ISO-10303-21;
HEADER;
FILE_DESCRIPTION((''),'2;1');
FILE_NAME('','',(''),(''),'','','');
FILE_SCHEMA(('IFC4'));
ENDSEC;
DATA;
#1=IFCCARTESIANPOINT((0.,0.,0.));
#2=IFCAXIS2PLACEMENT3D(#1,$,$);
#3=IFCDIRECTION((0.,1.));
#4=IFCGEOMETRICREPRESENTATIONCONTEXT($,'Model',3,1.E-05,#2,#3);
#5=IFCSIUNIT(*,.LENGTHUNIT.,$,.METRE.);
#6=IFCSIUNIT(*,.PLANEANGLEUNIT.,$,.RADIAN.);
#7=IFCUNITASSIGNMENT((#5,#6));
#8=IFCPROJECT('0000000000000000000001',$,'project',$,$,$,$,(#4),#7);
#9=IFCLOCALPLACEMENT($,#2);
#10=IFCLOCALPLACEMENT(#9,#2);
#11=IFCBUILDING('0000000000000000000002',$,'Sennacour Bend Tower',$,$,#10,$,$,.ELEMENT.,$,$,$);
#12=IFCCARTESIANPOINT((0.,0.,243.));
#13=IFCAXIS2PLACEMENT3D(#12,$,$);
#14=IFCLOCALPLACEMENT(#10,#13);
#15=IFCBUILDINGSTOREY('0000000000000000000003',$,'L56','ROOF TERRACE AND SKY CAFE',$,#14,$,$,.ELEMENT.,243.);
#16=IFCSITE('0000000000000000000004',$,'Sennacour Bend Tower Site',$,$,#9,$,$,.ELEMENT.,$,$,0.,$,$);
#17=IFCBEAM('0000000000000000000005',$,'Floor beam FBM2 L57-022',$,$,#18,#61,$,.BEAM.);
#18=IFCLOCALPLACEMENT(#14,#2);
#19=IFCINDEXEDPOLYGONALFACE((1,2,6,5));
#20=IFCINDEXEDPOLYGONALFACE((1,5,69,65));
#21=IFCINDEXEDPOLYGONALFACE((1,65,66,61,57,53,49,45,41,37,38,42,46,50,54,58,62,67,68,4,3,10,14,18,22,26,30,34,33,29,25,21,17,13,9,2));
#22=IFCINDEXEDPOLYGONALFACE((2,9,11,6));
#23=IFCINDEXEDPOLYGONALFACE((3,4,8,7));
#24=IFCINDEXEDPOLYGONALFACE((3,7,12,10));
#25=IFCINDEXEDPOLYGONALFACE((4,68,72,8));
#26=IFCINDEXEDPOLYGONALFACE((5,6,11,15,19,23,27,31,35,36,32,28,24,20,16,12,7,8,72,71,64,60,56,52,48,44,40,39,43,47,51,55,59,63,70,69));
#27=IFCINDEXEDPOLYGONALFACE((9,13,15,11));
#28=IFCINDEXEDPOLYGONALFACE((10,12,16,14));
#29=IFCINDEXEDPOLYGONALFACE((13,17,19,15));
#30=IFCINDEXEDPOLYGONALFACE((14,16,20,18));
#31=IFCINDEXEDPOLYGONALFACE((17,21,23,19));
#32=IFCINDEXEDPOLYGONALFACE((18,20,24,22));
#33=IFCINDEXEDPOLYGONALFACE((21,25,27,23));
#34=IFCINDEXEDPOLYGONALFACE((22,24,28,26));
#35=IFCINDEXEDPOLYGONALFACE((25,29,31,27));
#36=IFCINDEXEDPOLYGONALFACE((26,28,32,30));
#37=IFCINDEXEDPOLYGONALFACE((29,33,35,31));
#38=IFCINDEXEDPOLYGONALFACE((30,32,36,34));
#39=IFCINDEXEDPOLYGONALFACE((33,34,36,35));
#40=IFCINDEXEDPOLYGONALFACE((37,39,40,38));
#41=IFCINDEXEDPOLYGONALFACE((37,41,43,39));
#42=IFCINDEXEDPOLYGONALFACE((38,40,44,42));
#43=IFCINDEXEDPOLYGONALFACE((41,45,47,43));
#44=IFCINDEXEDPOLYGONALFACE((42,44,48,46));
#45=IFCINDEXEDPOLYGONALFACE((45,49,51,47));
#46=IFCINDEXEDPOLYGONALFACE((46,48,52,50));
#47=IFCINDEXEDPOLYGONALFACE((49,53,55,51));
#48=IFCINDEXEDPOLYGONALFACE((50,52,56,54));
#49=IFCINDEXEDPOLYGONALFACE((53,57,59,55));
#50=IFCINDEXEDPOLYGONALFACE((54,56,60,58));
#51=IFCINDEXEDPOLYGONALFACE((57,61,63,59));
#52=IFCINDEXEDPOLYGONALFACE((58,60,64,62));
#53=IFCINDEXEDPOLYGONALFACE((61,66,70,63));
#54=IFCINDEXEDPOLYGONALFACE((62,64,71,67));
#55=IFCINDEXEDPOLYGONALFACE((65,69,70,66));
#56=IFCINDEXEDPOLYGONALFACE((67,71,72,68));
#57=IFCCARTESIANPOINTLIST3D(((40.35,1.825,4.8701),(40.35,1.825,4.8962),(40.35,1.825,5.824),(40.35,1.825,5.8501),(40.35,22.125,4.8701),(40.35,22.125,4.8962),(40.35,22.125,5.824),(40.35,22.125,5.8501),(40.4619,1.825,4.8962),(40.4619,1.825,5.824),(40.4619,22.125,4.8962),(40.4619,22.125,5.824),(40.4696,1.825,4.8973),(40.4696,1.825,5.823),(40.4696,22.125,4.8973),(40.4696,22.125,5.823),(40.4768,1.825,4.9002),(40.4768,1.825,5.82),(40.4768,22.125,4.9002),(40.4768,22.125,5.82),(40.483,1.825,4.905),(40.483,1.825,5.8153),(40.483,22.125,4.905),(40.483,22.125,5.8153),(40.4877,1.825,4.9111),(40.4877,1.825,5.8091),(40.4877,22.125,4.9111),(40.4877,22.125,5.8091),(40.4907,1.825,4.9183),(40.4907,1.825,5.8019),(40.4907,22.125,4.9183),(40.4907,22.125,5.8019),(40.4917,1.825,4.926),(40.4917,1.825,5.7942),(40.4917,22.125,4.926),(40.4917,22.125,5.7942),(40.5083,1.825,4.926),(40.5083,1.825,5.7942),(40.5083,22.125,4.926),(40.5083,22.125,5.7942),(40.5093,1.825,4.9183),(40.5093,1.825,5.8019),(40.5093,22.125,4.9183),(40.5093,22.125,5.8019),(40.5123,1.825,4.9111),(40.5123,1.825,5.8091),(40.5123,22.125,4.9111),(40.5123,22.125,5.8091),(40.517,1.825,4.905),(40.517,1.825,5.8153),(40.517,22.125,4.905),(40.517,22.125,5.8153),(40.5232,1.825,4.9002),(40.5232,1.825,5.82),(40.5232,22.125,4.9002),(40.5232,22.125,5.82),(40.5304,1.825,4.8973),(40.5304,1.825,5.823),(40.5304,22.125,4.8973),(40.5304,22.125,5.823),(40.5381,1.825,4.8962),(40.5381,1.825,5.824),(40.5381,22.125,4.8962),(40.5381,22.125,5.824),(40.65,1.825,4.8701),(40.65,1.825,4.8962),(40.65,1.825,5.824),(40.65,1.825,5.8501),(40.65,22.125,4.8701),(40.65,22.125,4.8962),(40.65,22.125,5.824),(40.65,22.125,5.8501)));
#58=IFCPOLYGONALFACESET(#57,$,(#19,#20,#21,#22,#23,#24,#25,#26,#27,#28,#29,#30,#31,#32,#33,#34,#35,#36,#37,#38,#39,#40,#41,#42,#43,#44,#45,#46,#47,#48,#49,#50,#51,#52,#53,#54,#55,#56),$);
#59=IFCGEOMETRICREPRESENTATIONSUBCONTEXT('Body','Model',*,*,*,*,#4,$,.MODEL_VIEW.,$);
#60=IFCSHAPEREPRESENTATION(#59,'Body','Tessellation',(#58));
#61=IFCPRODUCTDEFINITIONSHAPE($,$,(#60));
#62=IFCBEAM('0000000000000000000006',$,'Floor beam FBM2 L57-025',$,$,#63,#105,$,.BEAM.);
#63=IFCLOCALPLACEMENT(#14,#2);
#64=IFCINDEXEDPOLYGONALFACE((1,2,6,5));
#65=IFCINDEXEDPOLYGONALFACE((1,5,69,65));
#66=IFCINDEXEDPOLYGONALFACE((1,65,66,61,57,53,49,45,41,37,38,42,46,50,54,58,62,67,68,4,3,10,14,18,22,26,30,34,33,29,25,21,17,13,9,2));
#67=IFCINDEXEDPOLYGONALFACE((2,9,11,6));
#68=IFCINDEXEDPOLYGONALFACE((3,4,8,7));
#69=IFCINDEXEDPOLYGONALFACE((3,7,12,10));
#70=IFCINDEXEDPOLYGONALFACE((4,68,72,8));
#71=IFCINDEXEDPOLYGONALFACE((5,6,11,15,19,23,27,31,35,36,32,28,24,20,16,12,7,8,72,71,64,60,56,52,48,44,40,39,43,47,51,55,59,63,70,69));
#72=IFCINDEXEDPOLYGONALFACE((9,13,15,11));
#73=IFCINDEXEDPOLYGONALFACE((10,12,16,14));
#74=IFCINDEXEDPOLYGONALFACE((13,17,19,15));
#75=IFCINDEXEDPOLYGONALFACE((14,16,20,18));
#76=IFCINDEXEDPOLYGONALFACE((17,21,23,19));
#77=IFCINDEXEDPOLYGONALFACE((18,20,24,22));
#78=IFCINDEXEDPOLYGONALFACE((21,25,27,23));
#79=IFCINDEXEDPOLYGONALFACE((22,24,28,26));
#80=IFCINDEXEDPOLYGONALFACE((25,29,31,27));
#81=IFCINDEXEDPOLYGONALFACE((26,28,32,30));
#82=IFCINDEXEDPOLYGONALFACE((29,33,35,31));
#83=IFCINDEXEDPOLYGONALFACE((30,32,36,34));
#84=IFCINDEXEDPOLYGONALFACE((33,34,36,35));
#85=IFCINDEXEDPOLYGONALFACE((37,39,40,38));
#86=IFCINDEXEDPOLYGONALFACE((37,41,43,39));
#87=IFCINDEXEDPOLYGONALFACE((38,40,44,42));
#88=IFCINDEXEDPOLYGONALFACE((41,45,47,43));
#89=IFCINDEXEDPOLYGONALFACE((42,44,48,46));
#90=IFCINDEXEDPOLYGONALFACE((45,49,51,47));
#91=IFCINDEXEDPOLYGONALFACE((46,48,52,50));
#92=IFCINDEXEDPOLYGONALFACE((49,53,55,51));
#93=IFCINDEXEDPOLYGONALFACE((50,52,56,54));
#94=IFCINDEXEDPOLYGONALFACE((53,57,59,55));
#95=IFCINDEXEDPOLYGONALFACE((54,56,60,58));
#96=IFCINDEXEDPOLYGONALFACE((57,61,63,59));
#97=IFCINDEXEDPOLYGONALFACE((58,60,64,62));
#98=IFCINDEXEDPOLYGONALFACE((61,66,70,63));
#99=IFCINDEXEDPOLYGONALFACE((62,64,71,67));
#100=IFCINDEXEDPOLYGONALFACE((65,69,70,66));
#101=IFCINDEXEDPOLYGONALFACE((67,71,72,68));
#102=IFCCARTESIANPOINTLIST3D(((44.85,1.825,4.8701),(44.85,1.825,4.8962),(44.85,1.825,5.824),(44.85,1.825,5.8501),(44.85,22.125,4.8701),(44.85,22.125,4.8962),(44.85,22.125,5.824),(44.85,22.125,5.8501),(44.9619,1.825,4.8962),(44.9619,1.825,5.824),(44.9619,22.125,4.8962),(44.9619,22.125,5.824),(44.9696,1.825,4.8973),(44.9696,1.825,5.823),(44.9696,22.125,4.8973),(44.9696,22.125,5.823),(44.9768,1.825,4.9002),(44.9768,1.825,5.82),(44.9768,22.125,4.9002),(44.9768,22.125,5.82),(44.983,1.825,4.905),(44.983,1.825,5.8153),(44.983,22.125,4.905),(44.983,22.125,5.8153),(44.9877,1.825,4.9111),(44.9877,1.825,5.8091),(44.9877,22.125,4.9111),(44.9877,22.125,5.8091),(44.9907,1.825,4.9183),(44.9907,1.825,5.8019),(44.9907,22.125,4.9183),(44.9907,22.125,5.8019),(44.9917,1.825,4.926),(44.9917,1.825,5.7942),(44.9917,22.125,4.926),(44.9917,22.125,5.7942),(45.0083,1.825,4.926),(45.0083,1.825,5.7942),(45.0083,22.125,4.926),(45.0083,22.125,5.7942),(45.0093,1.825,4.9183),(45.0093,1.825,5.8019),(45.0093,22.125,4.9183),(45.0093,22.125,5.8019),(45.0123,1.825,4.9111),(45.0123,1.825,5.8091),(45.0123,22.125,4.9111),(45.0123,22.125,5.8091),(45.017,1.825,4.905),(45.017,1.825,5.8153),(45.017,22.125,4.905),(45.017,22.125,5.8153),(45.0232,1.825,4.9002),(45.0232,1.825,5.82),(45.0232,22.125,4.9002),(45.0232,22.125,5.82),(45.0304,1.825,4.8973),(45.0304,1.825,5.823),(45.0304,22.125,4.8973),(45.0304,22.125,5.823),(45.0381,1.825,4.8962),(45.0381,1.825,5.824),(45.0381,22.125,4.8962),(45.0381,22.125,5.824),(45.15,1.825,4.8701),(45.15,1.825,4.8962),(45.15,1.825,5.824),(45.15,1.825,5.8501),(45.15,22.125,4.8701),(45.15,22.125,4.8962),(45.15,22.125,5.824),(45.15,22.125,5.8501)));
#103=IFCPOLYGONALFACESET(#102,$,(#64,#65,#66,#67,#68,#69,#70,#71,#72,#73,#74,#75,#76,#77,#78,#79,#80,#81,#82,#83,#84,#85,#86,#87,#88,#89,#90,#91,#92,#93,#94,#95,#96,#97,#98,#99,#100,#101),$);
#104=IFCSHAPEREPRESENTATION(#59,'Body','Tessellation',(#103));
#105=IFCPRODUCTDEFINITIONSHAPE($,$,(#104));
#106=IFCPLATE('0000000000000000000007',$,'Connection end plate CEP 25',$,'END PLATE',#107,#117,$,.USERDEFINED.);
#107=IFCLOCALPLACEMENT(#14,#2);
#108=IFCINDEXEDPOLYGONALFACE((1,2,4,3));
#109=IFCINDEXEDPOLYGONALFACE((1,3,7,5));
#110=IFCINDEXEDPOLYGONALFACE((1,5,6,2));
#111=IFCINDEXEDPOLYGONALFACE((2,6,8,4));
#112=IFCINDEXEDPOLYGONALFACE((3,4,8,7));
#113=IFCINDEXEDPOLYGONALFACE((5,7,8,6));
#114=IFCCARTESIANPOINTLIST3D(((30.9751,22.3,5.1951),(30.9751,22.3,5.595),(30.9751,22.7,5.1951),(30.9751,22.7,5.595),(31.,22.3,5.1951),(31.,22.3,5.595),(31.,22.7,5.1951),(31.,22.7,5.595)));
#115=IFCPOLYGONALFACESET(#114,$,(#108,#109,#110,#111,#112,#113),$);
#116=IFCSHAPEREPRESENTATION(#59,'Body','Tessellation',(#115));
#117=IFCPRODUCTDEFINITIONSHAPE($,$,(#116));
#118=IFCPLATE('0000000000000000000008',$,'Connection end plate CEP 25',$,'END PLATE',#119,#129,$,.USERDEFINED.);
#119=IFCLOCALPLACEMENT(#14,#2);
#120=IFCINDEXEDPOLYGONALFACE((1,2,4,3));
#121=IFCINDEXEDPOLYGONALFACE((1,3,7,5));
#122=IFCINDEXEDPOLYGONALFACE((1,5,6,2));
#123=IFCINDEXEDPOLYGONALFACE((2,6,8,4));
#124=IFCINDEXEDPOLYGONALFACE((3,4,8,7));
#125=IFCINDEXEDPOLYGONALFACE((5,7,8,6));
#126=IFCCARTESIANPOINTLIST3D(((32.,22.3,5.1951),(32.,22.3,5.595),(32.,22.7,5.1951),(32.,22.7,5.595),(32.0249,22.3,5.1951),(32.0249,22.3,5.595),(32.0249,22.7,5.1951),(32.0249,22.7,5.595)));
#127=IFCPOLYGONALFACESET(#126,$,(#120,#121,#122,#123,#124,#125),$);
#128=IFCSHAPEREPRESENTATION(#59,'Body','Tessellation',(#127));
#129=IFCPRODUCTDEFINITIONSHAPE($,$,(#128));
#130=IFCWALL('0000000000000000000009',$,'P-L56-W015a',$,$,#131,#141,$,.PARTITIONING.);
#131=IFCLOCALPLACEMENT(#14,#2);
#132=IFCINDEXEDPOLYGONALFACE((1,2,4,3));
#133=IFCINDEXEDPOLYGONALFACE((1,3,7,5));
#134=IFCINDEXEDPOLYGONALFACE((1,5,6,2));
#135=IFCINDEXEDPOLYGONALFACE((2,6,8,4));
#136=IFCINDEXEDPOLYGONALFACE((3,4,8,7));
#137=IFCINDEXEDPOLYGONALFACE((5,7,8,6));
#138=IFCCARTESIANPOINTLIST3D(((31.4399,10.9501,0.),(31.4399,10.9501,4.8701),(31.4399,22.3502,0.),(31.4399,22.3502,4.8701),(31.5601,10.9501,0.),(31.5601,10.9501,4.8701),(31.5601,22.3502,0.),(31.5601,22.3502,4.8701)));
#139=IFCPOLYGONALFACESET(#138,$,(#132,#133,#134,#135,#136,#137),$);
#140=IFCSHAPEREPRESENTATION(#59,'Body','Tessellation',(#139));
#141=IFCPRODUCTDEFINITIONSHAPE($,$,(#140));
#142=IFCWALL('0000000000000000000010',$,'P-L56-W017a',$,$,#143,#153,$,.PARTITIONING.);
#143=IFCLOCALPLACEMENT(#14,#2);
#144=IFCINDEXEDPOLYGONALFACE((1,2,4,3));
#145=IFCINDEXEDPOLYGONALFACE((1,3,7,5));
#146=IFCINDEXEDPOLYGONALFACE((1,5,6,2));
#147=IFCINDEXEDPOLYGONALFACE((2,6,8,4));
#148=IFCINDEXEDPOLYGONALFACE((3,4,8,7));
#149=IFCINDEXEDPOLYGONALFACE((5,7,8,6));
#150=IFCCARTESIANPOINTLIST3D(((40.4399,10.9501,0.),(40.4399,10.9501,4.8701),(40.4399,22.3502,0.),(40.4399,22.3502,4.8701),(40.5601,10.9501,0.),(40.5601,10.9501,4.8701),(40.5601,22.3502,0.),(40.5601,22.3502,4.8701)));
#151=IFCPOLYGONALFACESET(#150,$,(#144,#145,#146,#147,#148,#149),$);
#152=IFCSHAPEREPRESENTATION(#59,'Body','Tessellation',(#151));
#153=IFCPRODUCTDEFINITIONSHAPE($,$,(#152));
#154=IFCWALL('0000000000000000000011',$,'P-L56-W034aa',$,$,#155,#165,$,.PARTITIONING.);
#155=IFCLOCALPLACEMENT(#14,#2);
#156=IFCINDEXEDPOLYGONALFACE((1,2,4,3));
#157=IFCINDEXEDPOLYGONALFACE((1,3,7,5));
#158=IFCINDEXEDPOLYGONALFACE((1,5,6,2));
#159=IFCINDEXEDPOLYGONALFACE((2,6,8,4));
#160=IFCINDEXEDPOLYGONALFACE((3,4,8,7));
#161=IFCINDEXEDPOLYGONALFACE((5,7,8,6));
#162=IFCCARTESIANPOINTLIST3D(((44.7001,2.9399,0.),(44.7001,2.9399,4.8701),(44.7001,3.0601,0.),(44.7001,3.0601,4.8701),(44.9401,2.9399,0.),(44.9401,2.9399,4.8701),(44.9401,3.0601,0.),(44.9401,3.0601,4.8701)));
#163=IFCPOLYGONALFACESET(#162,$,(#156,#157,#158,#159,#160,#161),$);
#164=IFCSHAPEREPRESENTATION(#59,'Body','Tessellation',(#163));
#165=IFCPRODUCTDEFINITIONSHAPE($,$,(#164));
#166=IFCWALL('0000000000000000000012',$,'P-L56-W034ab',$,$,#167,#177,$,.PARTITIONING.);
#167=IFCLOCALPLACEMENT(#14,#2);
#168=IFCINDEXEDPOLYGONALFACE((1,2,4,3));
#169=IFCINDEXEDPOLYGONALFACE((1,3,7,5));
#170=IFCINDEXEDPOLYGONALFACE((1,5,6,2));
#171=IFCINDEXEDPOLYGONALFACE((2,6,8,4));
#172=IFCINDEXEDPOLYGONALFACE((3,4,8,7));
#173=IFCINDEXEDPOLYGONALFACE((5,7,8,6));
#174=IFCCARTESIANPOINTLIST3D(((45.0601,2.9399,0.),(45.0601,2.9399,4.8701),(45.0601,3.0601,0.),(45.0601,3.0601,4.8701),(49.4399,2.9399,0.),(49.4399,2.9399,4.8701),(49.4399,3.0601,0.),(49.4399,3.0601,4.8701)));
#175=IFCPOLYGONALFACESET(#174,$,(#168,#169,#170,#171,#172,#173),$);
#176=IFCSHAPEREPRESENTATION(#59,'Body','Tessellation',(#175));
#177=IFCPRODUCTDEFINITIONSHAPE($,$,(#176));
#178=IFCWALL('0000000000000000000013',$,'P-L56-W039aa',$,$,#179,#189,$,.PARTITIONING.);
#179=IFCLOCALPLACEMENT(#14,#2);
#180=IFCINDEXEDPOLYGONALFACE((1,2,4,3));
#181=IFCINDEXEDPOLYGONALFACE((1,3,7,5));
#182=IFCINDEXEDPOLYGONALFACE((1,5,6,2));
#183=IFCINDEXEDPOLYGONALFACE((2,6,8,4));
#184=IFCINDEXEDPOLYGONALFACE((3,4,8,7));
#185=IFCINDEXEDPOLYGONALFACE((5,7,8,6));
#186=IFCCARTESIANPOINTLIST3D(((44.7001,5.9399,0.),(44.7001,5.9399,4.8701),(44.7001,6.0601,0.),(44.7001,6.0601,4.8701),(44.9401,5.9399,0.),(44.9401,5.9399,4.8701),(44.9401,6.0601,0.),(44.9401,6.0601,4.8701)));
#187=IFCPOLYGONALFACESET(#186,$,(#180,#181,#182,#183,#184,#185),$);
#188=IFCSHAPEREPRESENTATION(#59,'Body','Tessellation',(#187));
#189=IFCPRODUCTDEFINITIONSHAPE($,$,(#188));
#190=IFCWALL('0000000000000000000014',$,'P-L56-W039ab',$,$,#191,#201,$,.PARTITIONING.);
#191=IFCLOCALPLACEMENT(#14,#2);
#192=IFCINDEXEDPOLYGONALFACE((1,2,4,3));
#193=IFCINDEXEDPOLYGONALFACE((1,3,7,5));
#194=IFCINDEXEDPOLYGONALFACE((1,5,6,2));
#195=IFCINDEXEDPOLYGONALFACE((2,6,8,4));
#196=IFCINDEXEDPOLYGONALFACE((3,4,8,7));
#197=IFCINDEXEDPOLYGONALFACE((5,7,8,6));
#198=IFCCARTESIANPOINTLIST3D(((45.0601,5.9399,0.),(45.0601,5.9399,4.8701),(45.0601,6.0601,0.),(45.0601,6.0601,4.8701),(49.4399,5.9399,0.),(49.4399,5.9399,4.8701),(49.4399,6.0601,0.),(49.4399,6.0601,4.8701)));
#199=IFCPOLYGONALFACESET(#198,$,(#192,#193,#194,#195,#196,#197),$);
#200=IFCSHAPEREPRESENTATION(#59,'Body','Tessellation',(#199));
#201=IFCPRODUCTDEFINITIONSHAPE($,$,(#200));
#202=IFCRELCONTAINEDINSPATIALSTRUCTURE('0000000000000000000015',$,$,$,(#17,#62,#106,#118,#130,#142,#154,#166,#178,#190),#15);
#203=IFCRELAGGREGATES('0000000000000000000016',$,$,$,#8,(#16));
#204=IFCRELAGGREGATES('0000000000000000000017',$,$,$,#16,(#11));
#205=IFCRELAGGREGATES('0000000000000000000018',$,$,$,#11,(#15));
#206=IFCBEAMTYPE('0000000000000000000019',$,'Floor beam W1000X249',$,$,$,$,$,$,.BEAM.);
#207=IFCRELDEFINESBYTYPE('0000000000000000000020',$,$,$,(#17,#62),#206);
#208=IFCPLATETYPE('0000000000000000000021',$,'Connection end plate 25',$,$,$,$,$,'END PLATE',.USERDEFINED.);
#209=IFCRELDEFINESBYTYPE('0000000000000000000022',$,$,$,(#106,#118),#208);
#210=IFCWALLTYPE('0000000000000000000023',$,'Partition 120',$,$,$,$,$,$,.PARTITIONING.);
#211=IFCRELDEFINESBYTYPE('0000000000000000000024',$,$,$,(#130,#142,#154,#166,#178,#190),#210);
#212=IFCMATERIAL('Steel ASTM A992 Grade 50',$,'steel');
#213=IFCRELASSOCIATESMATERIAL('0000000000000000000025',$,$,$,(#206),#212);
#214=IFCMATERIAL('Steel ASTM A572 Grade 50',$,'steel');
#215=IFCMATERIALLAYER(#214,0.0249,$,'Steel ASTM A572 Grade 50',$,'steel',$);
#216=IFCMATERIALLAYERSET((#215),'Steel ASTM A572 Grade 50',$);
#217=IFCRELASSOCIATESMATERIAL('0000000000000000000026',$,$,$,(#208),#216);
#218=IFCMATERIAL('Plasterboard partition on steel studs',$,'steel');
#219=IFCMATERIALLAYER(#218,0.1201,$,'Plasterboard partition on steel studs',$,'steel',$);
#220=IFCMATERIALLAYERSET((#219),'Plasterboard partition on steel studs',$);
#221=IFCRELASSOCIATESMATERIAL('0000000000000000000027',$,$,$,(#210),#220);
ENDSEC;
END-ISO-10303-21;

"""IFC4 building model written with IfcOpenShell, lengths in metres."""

from ifc_helpers import new_model, si_unit, direction, frame, frame_2d, origin, origin_2d, place, context, subcontext, project, spatial, rectangle, i_section, extrude, material, layer, layer_set, material_profile, profile_set, type_object, element, save


model = new_model("IFC4")

# Units and contexts
model_context = context("Model", 3, precision=1e-05, world=origin(), true_north=direction((0.0, 1.0)))
body_context = subcontext(model_context, "Body", "Model", "MODEL_VIEW")
ifc_project = project(units=[si_unit("LENGTHUNIT", "METRE"), si_unit("PLANEANGLEUNIT", "RADIAN")], contexts=[model_context])

# Site, building, storey
site_placement = place(None, origin())
site = spatial("IfcSite", under=ifc_project, at=site_placement, Name="Sennacour Bend Tower Site", CompositionType="ELEMENT", RefElevation=0.0)
building_placement = place(site_placement, origin())
building = spatial("IfcBuilding", under=site, at=building_placement, Name="Sennacour Bend Tower", CompositionType="ELEMENT")
storey_placement = place(building_placement, frame((0.0, 0.0, 243.0)))
storey = spatial("IfcBuildingStorey", under=building, at=storey_placement, Name="L56", Description="ROOF TERRACE AND SKY CAFE", CompositionType="ELEMENT", Elevation=243.0)

# Shared definitions
ifc_material_1 = material(Name="Steel ASTM A572 Grade 50", Category="steel")

# Shared definitions
ifc_material_2 = material(Name="Steel ASTM A992 Grade 50", Category="steel")

# Beams
ifc_material_profile_1 = material_profile(ifc_material_2, i_section(OverallWidth=0.3, OverallDepth=0.98, WebThickness=0.0166, FlangeThickness=0.0261, FilletRadius=0.0298, at=origin_2d()), Name="Steel ASTM A992 Grade 50", Category="steel")
ifc_profile_set_1 = profile_set([ifc_material_profile_1], Name="Steel ASTM A992 Grade 50")
beam_type = type_object("IfcBeamType", Name="Floor beam W1000X249", PredefinedType="BEAM", material=ifc_profile_set_1)
for number, where, z_axis, x_axis, name in (
    (1, (40.5, 1.825, 5.3601), (0.0, 1.0, 0.0), (-1.0, 0.0, 0.0), "Floor beam FBM2 L57-022"),
    (2, (45.0, 1.825, 5.3601), (0.0, 1.0, 0.0), (-1.0, 0.0, 0.0), "Floor beam FBM2 L57-025"),
):
    element("IfcBeam", number, at=place(storey_placement, frame(where, z_axis=z_axis, x_axis=x_axis)), inside=storey, type_object=beam_type, Name=name, PredefinedType="BEAM", context=body_context, shape_type="SweptSolid", body=[
        extrude(i_section(OverallWidth=0.3, OverallDepth=0.98, WebThickness=0.0166, FlangeThickness=0.0261, FilletRadius=0.0298, at=origin_2d()), origin(), (0.0, 0.0, 1.0), 20.3),
    ])

# Plates
ifc_layer_1 = layer(ifc_material_1, 0.0249, Name="Steel ASTM A572 Grade 50", Category="steel")
ifc_layer_set_1 = layer_set([ifc_layer_1], Name="Steel ASTM A572 Grade 50")
plate_type = type_object("IfcPlateType", Name="Connection end plate 25", ElementType="END PLATE", PredefinedType="USERDEFINED", material=ifc_layer_set_1)
for number, where, z_axis, x_axis, name in (
    (3, (30.9875, 22.5, 5.1951), (0.0, 0.0, 1.0), (1.0, 0.0, 0.0), "Connection end plate CEP 25"),
    (4, (32.0125, 22.5, 5.1951), (0.0, 0.0, 1.0), (-1.0, 0.0, 0.0), "Connection end plate CEP 25"),
):
    element("IfcPlate", number, at=place(storey_placement, frame(where, z_axis=z_axis, x_axis=x_axis)), inside=storey, type_object=plate_type, Name=name, ObjectType="END PLATE", PredefinedType="USERDEFINED", context=body_context, shape_type="SweptSolid", body=[
        extrude(rectangle(XDim=0.0249, YDim=0.3999, at=origin_2d()), origin(), (0.0, 0.0, 1.0), 0.3999),
    ])

# Walls
ifc_material_3 = material(Name="Plasterboard partition on steel studs", Category="steel")
ifc_layer_2 = layer(ifc_material_3, 0.1201, Name="Plasterboard partition on steel studs", Category="steel")
ifc_layer_set_2 = layer_set([ifc_layer_2], Name="Plasterboard partition on steel studs")
wall_type_1 = type_object("IfcWallType", Name="Partition 120", PredefinedType="PARTITIONING", material=ifc_layer_set_2)
for number, where, z_axis, x_axis, name in (
    (5, (31.5, 10.95, 0.0), (0.0, 0.0, 1.0), (0.0, 1.0, 0.0), "P-L56-W015a"),
    (6, (40.5, 10.95, 0.0), (0.0, 0.0, 1.0), (0.0, 1.0, 0.0), "P-L56-W017a"),
):
    element("IfcWall", number, at=place(storey_placement, frame(where, z_axis=z_axis, x_axis=x_axis)), inside=storey, type_object=wall_type_1, Name=name, PredefinedType="PARTITIONING", context=body_context, shape_type="SweptSolid", body=[
        extrude(rectangle(XDim=11.4001, YDim=0.1201, at=frame_2d((5.7002, 0.0))), origin(), (0.0, 0.0, 1.0), 4.8701),
    ])
wall_1_placement = place(storey_placement, frame((44.7, 3.0, 0.0), z_axis=(0.0, 0.0, 1.0), x_axis=(1.0, 0.0, 0.0)))
element("IfcWall", 7, at=wall_1_placement, inside=storey, type_object=wall_type_1, Name="P-L56-W034aa", PredefinedType="PARTITIONING", context=body_context, shape_type="SweptSolid", body=[
    extrude(rectangle(XDim=0.24, YDim=0.1201, at=frame_2d((0.1201, 0.0))), origin(), (0.0, 0.0, 1.0), 4.8701),
])
wall_2_placement = place(storey_placement, frame((45.0601, 3.0, 0.0), z_axis=(0.0, 0.0, 1.0), x_axis=(1.0, 0.0, 0.0)))
element("IfcWall", 8, at=wall_2_placement, inside=storey, type_object=wall_type_1, Name="P-L56-W034ab", PredefinedType="PARTITIONING", context=body_context, shape_type="SweptSolid", body=[
    extrude(rectangle(XDim=4.3799, YDim=0.1201, at=frame_2d((2.1899, 0.0))), origin(), (0.0, 0.0, 1.0), 4.8701),
])
wall_3_placement = place(storey_placement, frame((44.7, 6.0, 0.0), z_axis=(0.0, 0.0, 1.0), x_axis=(1.0, 0.0, 0.0)))
element("IfcWall", 9, at=wall_3_placement, inside=storey, type_object=wall_type_1, Name="P-L56-W039aa", PredefinedType="PARTITIONING", context=body_context, shape_type="SweptSolid", body=[
    extrude(rectangle(XDim=0.24, YDim=0.1201, at=frame_2d((0.1201, 0.0))), origin(), (0.0, 0.0, 1.0), 4.8701),
])
for number, where, z_axis, x_axis, name in (
    (10, (45.0601, 6.0, 0.0), (0.0, 0.0, 1.0), (1.0, 0.0, 0.0), "P-L56-W039ab"),
):
    element("IfcWall", number, at=place(storey_placement, frame(where, z_axis=z_axis, x_axis=x_axis)), inside=storey, type_object=wall_type_1, Name=name, PredefinedType="PARTITIONING", context=body_context, shape_type="SweptSolid", body=[
        extrude(rectangle(XDim=4.3799, YDim=0.1201, at=frame_2d((2.1899, 0.0))), origin(), (0.0, 0.0, 1.0), 4.8701),
    ])

save(model, "model.ifc")
